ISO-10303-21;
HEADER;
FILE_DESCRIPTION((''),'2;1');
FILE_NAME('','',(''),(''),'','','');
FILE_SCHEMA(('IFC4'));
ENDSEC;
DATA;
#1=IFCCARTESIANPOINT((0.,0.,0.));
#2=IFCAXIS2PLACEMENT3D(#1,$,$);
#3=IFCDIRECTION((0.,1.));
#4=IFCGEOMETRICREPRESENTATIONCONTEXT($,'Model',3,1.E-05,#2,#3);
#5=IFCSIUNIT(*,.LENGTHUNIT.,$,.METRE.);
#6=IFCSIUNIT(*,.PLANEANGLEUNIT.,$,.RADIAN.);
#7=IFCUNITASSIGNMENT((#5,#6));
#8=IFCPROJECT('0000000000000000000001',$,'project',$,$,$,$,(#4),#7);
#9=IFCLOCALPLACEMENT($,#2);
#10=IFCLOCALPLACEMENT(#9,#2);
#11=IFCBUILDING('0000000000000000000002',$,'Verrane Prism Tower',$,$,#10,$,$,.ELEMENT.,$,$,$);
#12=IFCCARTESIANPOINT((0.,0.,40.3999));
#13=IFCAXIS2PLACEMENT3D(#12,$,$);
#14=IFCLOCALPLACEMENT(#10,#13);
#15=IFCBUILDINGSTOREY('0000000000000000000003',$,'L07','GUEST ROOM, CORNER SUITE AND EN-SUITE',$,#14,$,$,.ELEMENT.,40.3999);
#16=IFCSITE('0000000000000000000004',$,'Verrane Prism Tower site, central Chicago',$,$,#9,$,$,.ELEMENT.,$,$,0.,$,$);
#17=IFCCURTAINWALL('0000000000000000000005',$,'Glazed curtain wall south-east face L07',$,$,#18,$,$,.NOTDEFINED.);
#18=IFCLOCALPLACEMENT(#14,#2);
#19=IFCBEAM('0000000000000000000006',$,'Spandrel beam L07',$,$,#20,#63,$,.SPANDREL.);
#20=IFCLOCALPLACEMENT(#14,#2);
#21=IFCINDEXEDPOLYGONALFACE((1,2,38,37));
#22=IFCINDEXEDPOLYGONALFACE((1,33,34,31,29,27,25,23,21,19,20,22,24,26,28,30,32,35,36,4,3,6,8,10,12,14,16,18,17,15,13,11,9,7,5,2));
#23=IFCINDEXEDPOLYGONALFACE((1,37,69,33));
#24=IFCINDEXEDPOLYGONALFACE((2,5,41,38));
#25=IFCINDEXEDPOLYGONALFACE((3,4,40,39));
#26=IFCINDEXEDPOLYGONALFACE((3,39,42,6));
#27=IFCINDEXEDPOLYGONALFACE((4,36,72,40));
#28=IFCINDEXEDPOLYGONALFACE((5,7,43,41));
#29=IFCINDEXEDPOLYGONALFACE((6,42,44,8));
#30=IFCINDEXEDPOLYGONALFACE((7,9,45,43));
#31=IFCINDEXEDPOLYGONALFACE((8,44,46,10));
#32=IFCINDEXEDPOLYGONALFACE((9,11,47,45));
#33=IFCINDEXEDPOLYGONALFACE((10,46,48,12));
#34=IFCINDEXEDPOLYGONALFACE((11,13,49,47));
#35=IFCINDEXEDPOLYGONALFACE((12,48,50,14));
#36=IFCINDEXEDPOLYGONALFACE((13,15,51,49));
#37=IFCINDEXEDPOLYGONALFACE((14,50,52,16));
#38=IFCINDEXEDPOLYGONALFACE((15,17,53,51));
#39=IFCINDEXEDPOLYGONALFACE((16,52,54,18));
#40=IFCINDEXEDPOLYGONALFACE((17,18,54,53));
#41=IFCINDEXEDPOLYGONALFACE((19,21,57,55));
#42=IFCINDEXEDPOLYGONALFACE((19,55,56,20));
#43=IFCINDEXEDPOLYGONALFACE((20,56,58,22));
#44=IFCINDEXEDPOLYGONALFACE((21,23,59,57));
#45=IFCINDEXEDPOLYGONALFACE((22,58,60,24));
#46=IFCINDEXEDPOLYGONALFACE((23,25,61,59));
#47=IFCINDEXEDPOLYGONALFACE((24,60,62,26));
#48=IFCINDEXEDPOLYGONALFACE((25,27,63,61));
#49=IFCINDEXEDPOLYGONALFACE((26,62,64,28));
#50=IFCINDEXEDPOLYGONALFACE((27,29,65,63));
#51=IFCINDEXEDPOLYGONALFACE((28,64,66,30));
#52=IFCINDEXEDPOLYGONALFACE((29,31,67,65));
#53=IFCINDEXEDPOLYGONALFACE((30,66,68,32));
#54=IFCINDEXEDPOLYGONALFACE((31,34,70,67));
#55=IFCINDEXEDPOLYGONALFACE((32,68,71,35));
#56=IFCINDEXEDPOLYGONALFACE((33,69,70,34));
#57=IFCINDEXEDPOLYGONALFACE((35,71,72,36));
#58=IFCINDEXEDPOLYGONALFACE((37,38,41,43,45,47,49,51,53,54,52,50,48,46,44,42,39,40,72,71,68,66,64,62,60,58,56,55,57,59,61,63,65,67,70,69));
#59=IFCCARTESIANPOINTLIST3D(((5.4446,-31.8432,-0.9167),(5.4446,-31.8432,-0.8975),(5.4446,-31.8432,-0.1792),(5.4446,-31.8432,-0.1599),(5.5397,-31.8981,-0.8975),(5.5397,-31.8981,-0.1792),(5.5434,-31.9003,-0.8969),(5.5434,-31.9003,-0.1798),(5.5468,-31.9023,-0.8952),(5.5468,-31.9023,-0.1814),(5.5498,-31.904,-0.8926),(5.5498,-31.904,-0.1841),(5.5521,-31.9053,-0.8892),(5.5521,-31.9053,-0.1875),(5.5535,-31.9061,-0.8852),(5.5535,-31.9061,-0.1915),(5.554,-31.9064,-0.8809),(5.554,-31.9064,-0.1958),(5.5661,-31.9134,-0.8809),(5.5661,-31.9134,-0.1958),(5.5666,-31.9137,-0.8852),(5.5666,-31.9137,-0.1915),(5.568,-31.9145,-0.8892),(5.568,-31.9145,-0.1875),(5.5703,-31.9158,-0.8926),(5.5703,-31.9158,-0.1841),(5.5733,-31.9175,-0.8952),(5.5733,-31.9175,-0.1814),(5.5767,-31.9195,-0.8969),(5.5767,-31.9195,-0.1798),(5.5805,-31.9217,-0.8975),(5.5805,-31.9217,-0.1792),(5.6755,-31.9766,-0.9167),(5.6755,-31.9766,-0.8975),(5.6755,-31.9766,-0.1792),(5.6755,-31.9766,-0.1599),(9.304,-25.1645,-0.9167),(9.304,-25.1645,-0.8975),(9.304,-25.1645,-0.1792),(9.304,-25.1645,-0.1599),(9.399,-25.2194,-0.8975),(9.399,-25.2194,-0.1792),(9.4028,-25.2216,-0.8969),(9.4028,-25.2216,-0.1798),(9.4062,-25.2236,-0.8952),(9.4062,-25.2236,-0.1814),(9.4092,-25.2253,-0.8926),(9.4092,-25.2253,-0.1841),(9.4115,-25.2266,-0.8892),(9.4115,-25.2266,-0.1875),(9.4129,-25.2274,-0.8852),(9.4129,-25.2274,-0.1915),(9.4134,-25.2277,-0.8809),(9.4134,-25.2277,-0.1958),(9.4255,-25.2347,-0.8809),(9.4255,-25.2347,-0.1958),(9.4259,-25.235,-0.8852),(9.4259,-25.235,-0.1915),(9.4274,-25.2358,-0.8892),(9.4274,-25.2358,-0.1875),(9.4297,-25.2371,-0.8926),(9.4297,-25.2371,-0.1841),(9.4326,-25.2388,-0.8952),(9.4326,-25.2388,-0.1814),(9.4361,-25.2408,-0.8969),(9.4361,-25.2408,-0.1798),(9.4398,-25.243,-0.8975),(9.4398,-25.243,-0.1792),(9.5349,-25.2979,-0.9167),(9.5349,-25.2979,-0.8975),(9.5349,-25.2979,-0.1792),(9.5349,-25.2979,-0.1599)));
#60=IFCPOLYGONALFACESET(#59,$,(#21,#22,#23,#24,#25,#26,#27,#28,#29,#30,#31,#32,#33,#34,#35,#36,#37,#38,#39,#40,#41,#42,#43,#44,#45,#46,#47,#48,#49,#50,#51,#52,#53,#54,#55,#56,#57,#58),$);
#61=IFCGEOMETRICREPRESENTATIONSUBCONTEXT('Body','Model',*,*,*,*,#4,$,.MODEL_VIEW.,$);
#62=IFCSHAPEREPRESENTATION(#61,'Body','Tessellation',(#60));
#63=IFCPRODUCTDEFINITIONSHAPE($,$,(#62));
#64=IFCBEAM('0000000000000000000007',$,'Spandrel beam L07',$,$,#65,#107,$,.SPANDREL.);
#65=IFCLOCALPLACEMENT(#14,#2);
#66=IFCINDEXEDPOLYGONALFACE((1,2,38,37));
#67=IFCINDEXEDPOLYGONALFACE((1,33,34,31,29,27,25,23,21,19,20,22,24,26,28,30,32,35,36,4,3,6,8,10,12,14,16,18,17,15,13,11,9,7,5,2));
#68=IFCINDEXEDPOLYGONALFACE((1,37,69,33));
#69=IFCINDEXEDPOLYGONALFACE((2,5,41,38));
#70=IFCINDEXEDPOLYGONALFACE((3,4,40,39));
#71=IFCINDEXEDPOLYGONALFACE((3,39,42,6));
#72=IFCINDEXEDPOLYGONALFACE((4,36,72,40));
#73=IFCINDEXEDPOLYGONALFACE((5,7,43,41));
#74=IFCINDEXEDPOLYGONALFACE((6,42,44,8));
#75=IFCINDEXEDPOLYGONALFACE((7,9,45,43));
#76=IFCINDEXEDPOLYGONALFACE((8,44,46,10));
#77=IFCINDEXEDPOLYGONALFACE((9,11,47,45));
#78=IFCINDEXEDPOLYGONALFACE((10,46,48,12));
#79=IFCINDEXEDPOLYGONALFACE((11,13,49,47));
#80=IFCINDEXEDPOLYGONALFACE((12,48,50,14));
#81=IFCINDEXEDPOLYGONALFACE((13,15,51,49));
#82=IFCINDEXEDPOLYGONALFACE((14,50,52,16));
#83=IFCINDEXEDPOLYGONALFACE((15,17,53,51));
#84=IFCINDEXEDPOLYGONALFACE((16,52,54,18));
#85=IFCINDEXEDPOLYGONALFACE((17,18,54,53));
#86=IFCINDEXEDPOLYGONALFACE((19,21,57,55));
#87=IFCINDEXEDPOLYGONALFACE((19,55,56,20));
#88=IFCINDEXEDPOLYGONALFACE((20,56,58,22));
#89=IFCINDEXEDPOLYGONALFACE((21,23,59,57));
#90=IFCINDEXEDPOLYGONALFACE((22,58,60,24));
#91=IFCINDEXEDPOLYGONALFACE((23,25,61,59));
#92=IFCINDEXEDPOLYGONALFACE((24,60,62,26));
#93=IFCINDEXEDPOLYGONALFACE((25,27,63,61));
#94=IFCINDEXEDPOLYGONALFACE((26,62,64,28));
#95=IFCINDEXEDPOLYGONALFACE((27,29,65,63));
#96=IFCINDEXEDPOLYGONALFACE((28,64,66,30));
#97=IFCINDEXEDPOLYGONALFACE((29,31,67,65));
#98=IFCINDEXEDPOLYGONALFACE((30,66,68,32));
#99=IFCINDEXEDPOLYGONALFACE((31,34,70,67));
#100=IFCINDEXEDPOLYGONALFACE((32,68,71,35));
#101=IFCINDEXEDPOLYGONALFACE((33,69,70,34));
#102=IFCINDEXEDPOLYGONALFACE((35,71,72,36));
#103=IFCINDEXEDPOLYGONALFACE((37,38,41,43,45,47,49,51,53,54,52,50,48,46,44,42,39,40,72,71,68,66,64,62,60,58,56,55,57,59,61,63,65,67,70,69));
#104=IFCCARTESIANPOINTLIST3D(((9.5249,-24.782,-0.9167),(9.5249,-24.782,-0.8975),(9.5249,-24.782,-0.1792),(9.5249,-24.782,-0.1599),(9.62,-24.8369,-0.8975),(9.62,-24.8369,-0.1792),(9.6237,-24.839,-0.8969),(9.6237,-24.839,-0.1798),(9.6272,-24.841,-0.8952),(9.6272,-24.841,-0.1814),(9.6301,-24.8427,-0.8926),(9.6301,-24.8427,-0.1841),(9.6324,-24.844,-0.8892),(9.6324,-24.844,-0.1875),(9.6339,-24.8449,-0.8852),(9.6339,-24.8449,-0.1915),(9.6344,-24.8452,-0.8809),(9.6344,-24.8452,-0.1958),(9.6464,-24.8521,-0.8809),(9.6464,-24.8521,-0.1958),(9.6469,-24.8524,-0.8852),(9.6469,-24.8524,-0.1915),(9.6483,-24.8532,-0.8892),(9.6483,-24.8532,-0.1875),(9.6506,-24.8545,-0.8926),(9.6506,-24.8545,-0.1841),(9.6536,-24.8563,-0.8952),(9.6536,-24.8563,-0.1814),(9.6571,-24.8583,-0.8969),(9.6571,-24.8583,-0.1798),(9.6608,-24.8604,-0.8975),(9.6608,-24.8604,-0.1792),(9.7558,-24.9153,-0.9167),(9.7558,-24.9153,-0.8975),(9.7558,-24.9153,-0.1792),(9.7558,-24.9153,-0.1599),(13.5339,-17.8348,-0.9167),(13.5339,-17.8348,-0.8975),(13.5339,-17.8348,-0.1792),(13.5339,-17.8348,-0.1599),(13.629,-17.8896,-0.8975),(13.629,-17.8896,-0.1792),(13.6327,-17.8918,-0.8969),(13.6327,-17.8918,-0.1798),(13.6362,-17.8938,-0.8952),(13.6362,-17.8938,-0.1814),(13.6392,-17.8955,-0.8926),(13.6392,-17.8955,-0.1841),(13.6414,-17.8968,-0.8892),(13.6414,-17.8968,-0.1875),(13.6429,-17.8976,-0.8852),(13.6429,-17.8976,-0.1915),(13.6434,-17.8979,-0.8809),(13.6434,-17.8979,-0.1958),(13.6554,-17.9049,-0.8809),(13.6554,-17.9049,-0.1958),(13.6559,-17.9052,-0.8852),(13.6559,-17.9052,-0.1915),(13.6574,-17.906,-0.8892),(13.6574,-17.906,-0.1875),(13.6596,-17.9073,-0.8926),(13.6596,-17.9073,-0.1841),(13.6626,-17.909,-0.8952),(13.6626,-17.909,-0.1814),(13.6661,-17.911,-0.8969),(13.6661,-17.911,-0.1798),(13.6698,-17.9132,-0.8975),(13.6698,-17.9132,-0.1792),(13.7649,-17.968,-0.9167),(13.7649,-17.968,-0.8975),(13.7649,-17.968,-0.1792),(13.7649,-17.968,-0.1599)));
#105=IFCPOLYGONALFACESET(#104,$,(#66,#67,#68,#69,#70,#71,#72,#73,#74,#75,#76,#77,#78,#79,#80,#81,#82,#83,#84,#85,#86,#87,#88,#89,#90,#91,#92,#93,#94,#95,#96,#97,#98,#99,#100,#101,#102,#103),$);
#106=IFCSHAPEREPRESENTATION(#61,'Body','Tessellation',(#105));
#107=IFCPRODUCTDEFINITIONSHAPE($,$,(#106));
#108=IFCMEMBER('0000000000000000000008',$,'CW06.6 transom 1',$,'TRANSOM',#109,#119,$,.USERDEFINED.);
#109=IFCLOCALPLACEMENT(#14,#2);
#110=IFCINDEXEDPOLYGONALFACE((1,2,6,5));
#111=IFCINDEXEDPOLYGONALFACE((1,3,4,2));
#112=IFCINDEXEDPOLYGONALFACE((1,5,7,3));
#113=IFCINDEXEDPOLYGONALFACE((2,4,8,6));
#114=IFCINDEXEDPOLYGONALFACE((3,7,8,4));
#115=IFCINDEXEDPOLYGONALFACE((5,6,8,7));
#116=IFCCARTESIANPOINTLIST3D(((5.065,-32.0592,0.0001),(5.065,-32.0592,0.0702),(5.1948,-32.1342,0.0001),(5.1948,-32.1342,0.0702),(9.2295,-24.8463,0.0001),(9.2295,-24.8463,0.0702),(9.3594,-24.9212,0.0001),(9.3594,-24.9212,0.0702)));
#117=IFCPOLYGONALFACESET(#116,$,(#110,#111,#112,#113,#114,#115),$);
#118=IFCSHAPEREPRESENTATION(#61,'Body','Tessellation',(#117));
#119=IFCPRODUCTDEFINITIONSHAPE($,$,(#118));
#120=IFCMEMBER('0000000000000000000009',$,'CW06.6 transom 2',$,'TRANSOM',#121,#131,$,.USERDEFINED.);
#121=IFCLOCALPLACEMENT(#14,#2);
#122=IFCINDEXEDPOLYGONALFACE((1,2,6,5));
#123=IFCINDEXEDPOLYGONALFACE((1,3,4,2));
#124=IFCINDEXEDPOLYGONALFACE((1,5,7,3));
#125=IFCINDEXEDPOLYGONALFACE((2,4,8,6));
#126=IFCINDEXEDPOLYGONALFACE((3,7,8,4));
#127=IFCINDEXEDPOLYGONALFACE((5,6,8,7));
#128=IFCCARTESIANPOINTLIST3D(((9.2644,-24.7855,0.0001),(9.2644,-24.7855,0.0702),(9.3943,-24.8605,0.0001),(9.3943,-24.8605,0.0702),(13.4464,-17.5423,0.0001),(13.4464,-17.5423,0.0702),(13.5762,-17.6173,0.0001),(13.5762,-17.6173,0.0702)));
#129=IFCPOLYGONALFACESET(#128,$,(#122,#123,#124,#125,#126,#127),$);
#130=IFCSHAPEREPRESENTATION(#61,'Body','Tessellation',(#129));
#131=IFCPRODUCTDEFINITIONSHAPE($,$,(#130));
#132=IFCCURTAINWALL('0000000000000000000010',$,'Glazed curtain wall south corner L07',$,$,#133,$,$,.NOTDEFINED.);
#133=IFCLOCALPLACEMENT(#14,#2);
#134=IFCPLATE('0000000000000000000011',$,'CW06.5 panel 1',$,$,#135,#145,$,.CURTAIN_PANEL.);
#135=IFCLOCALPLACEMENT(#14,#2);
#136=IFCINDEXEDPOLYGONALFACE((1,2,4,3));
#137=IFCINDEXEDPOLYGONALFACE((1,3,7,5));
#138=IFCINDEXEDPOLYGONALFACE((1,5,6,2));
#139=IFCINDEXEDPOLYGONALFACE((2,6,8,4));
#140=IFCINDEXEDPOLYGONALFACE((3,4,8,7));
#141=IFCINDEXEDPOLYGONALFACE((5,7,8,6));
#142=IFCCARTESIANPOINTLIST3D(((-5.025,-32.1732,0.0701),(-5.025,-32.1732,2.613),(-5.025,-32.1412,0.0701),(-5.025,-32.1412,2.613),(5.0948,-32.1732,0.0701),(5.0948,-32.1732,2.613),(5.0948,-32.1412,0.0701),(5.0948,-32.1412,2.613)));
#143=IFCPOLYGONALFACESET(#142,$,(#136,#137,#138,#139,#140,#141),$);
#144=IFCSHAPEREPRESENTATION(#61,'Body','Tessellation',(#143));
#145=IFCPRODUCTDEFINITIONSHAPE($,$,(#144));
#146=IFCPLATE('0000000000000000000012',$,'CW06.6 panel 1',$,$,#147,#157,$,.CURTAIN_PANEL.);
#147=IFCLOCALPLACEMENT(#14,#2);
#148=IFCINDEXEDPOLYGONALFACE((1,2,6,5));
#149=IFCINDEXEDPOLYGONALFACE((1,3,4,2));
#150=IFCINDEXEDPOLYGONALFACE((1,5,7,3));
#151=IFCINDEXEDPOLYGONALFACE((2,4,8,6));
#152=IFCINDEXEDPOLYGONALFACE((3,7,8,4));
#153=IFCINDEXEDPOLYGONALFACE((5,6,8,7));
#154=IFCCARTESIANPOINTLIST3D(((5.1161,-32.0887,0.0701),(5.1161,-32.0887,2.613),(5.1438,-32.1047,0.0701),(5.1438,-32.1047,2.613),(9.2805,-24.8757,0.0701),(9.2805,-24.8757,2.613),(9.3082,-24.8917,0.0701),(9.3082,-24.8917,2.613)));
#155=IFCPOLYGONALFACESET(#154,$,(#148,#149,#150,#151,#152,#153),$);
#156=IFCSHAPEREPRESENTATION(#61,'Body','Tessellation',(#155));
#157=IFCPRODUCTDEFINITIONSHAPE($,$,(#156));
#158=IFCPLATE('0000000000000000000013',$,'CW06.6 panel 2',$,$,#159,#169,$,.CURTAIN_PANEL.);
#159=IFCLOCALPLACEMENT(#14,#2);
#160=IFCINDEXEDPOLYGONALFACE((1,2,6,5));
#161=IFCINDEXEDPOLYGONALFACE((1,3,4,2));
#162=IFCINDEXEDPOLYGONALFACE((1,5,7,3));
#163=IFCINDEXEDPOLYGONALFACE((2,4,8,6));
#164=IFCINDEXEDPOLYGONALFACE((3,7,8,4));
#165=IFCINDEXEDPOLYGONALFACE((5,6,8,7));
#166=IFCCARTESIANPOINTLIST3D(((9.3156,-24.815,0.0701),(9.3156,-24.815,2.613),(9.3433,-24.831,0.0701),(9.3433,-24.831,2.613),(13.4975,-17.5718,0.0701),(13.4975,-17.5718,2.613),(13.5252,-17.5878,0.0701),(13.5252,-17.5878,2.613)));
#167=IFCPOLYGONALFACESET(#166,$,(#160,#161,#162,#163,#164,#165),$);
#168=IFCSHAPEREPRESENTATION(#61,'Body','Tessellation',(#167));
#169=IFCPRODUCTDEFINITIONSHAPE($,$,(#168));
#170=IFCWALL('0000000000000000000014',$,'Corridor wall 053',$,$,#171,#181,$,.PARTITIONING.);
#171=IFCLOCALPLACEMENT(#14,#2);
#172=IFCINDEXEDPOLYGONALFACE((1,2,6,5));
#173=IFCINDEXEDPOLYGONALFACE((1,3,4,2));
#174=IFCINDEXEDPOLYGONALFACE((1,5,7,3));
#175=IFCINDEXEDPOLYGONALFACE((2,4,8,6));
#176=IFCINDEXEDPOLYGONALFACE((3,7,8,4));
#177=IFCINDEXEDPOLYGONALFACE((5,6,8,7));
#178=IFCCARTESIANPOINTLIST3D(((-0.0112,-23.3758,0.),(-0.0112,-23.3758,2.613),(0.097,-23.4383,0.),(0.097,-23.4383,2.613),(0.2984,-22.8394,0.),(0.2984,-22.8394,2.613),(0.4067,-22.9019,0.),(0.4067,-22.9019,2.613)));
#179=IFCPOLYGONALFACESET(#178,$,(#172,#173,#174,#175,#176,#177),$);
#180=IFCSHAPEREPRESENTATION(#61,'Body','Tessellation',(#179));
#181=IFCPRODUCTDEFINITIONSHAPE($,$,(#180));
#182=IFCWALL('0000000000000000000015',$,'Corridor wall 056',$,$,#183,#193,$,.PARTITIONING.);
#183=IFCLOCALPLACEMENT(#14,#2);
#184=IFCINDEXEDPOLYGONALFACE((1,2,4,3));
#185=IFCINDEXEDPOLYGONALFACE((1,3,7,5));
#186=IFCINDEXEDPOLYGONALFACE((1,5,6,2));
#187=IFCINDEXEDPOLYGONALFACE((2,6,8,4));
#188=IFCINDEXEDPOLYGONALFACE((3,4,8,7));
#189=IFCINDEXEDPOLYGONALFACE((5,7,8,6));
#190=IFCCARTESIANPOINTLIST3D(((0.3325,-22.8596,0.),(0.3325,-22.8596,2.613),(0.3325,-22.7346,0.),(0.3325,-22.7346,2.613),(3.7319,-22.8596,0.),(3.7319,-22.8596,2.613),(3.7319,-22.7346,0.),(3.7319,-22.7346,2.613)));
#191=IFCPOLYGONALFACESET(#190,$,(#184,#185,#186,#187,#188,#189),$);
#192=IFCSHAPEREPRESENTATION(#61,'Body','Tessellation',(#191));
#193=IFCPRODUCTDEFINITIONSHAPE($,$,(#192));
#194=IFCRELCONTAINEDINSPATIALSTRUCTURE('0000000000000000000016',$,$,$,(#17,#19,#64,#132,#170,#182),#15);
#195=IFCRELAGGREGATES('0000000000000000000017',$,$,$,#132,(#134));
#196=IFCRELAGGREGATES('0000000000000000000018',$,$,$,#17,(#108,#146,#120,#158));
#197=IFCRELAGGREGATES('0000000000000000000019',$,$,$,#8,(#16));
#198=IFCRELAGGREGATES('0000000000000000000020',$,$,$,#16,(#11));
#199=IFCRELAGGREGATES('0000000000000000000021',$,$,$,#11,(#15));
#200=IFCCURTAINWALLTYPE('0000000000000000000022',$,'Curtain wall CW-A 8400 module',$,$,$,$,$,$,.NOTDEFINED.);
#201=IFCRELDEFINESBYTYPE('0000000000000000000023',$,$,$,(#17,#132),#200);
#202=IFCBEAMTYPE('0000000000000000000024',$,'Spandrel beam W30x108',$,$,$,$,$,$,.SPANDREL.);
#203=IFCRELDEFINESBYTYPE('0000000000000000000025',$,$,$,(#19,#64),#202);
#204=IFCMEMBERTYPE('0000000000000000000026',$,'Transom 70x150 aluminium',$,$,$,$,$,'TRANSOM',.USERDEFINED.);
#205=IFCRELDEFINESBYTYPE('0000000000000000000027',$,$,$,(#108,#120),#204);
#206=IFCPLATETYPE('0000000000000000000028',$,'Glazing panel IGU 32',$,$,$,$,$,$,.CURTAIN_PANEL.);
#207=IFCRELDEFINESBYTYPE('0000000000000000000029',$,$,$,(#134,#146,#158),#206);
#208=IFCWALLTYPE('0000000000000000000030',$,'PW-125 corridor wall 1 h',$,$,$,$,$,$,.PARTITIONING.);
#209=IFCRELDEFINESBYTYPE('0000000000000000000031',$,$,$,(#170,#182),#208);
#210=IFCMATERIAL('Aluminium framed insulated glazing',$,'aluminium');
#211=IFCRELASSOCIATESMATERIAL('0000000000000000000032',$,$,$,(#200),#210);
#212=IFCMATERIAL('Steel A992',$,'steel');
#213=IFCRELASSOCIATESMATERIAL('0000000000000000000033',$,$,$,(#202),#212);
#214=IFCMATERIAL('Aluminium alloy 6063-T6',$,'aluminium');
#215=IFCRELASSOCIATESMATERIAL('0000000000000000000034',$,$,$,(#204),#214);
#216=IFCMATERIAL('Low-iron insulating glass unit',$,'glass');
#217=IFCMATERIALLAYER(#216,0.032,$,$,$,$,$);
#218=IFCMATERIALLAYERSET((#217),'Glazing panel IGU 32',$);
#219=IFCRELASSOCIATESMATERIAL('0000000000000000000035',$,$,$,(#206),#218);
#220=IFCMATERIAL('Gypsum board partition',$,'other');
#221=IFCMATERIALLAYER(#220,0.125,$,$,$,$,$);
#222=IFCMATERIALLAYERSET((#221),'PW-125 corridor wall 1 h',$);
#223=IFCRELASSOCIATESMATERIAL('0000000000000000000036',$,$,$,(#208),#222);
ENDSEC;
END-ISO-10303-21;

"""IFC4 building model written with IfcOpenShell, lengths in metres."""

from ifc_helpers import new_model, si_unit, direction, frame, frame_2d, origin, origin_2d, place, context, subcontext, project, spatial, rectangle, i_section, extrude, material, layer, layer_set, material_profile, profile_set, type_object, element, aggregate, save


model = new_model("IFC4")

# Units and contexts
model_context = context("Model", 3, precision=1e-05, world=origin(), true_north=direction((0.0, 1.0)))
body_context = subcontext(model_context, "Body", "Model", "MODEL_VIEW")
ifc_project = project(units=[si_unit("LENGTHUNIT", "METRE"), si_unit("PLANEANGLEUNIT", "RADIAN")], contexts=[model_context])

# Site, building, storey
site_placement = place(None, origin())
site = spatial("IfcSite", under=ifc_project, at=site_placement, Name="Verrane Prism Tower site, central Chicago", CompositionType="ELEMENT", RefElevation=0.0)
building_placement = place(site_placement, origin())
building = spatial("IfcBuilding", under=site, at=building_placement, Name="Verrane Prism Tower", CompositionType="ELEMENT")
storey_placement = place(building_placement, frame((0.0, 0.0, 40.3999)))
storey = spatial("IfcBuildingStorey", under=building, at=storey_placement, Name="L07", Description="GUEST ROOM, CORNER SUITE AND EN-SUITE", CompositionType="ELEMENT", Elevation=40.3999)

# Curtain wall
ifc_material_1 = material(Name="Aluminium framed insulated glazing", Category="aluminium")
curtain_wall_type = type_object("IfcCurtainWallType", Name="Curtain wall CW-A 8400 module", PredefinedType="NOTDEFINED", material=ifc_material_1)
curtain_wall_1_placement = place(storey_placement, origin())
curtain_wall_1 = element("IfcCurtainWall", 1, at=curtain_wall_1_placement, inside=storey, type_object=curtain_wall_type, Name="Glazed curtain wall south-east face L07", PredefinedType="NOTDEFINED")

# Beams
ifc_material_2 = material(Name="Steel A992", Category="steel")
ifc_material_profile_1 = material_profile(ifc_material_2, i_section(OverallWidth=0.2666, OverallDepth=0.7568, WebThickness=0.0139, FlangeThickness=0.0193, FilletRadius=0.0166, at=origin_2d()), Name="W30x108")
ifc_profile_set_1 = profile_set([ifc_material_profile_1], Name="Steel A992")
beam_type_1 = type_object("IfcBeamType", Name="Spandrel beam W30x108", PredefinedType="SPANDREL", material=ifc_profile_set_1)
beam_1_placement = place(storey_placement, frame((5.5601, -31.9099, -0.5383), z_axis=(0.500332, 0.865833, 0.0), x_axis=(-0.865833, 0.500332, 0.0)))
element("IfcBeam", 2, at=beam_1_placement, inside=storey, type_object=beam_type_1, Name="Spandrel beam L07", PredefinedType="SPANDREL", context=body_context, shape_type="SweptSolid", body=[
    extrude(i_section(OverallWidth=0.2666, OverallDepth=0.7568, WebThickness=0.0139, FlangeThickness=0.0193, FilletRadius=0.0166, at=origin_2d()), origin(), (0.0, 0.0, 1.0), 7.7136),
])
beam_2_placement = place(storey_placement, frame((9.6404, -24.8486, -0.5383), z_axis=(0.499816, 0.866132, 0.0), x_axis=(-0.866132, 0.499816, 0.0)))
element("IfcBeam", 3, at=beam_2_placement, inside=storey, type_object=beam_type_1, Name="Spandrel beam L07", PredefinedType="SPANDREL", context=body_context, shape_type="SweptSolid", body=[
    extrude(i_section(OverallWidth=0.2666, OverallDepth=0.7568, WebThickness=0.0139, FlangeThickness=0.0193, FilletRadius=0.0166, at=origin_2d()), origin(), (0.0, 0.0, 1.0), 8.021),
])

# Members
ifc_material_3 = material(Name="Aluminium alloy 6063-T6", Category="aluminium")
ifc_material_profile_2 = material_profile(ifc_material_3, rectangle(XDim=0.1499, YDim=0.0701, at=origin_2d()), Name="Transom 70x150 aluminium")
ifc_profile_set_2 = profile_set([ifc_material_profile_2], Name="Aluminium alloy 6063-T6")
member_type_1 = type_object("IfcMemberType", Name="Transom 70x150 aluminium", ElementType="TRANSOM", PredefinedType="USERDEFINED", material=ifc_profile_set_2)
member_1_placement = place(storey_placement, frame((5.1299, -32.0967, 0.0352), z_axis=(0.500017, 0.866016, 0.0), x_axis=(-0.866016, 0.500017, 0.0)))
member_1 = element("IfcMember", 4, at=member_1_placement, type_object=member_type_1, Name="CW06.6 transom 1", ObjectType="TRANSOM", PredefinedType="USERDEFINED", context=body_context, shape_type="SweptSolid", body=[
    extrude(rectangle(XDim=0.1499, YDim=0.0701, at=origin_2d()), origin(), (0.0, 0.0, 1.0), 8.3289),
])
member_2_placement = place(storey_placement, frame((9.3293, -24.823, 0.0352), z_axis=(0.500004, 0.866023, 0.0), x_axis=(-0.866023, 0.500004, 0.0)))
member_2 = element("IfcMember", 5, at=member_2_placement, type_object=member_type_1, Name="CW06.6 transom 2", ObjectType="TRANSOM", PredefinedType="USERDEFINED", context=body_context, shape_type="SweptSolid", body=[
    extrude(rectangle(XDim=0.1499, YDim=0.0701, at=origin_2d()), origin(), (0.0, 0.0, 1.0), 8.3638),
])

# Curtain wall, plate
curtain_wall_2_placement = place(storey_placement, origin())
curtain_wall_2 = element("IfcCurtainWall", 6, at=curtain_wall_2_placement, inside=storey, type_object=curtain_wall_type, Name="Glazed curtain wall south corner L07", PredefinedType="NOTDEFINED")
ifc_material_4 = material(Name="Low-iron insulating glass unit", Category="glass")
ifc_layer_1 = layer(ifc_material_4, 0.032)
ifc_layer_set_1 = layer_set([ifc_layer_1], Name="Glazing panel IGU 32")
plate_type = type_object("IfcPlateType", Name="Glazing panel IGU 32", PredefinedType="CURTAIN_PANEL", material=ifc_layer_set_1)
plate_1_placement = place(storey_placement, frame((0.0349, -32.1572, 0.0701), z_axis=(0.0, 0.0, 1.0), x_axis=(1.0, 0.0, 0.0)))
plate_1 = element("IfcPlate", 7, at=plate_1_placement, type_object=plate_type, Name="CW06.5 panel 1", PredefinedType="CURTAIN_PANEL", context=body_context, shape_type="SweptSolid", body=[
    extrude(rectangle(XDim=10.1199, YDim=0.032, at=origin_2d()), origin(), (0.0, 0.0, 1.0), 2.543),
])
aggregate(curtain_wall_2, [plate_1])

# Plates
plate_2_placement = place(storey_placement, frame((7.2122, -28.4902, 0.0701), z_axis=(0.0, 0.0, 1.0), x_axis=(0.5, 0.866025, 0.0)))
plate_2 = element("IfcPlate", 8, at=plate_2_placement, type_object=plate_type, Name="CW06.6 panel 1", PredefinedType="CURTAIN_PANEL", context=body_context, shape_type="SweptSolid", body=[
    extrude(rectangle(XDim=8.3289, YDim=0.032, at=origin_2d()), origin(), (0.0, 0.0, 1.0), 2.543),
])
plate_3_placement = place(storey_placement, frame((11.4204, -21.2014, 0.0701), z_axis=(0.0, 0.0, 1.0), x_axis=(0.5, 0.866025, 0.0)))
plate_3 = element("IfcPlate", 9, at=plate_3_placement, type_object=plate_type, Name="CW06.6 panel 2", PredefinedType="CURTAIN_PANEL", context=body_context, shape_type="SweptSolid", body=[
    extrude(rectangle(XDim=8.3638, YDim=0.032, at=origin_2d()), origin(), (0.0, 0.0, 1.0), 2.543),
])
aggregate(curtain_wall_1, [member_1, plate_2, member_2, plate_3])

# Walls
ifc_material_5 = material(Name="Gypsum board partition", Category="other")
ifc_layer_2 = layer(ifc_material_5, 0.125)
ifc_layer_set_2 = layer_set([ifc_layer_2], Name="PW-125 corridor wall 1 h")
wall_type_1 = type_object("IfcWallType", Name="PW-125 corridor wall 1 h", PredefinedType="PARTITIONING", material=ifc_layer_set_2)
wall_1_placement = place(storey_placement, frame((0.043, -23.407, 0.0), z_axis=(0.0, 0.0, 1.0), x_axis=(0.49987, 0.8661, 0.0)))
element("IfcWall", 10, at=wall_1_placement, inside=storey, type_object=wall_type_1, Name="Corridor wall 053", PredefinedType="PARTITIONING", context=body_context, shape_type="SweptSolid", body=[
    extrude(rectangle(XDim=0.6194, YDim=0.125, at=frame_2d((0.3096, 0.0))), origin(), (0.0, 0.0, 1.0), 2.613),
])
wall_2_placement = place(storey_placement, frame((0.3325, -22.7971, 0.0), z_axis=(0.0, 0.0, 1.0), x_axis=(1.0, 0.0, 0.0)))
element("IfcWall", 11, at=wall_2_placement, inside=storey, type_object=wall_type_1, Name="Corridor wall 056", PredefinedType="PARTITIONING", context=body_context, shape_type="SweptSolid", body=[
    extrude(rectangle(XDim=3.3994, YDim=0.125, at=frame_2d((1.6997, 0.0))), origin(), (0.0, 0.0, 1.0), 2.613),
])

save(model, "model.ifc")
